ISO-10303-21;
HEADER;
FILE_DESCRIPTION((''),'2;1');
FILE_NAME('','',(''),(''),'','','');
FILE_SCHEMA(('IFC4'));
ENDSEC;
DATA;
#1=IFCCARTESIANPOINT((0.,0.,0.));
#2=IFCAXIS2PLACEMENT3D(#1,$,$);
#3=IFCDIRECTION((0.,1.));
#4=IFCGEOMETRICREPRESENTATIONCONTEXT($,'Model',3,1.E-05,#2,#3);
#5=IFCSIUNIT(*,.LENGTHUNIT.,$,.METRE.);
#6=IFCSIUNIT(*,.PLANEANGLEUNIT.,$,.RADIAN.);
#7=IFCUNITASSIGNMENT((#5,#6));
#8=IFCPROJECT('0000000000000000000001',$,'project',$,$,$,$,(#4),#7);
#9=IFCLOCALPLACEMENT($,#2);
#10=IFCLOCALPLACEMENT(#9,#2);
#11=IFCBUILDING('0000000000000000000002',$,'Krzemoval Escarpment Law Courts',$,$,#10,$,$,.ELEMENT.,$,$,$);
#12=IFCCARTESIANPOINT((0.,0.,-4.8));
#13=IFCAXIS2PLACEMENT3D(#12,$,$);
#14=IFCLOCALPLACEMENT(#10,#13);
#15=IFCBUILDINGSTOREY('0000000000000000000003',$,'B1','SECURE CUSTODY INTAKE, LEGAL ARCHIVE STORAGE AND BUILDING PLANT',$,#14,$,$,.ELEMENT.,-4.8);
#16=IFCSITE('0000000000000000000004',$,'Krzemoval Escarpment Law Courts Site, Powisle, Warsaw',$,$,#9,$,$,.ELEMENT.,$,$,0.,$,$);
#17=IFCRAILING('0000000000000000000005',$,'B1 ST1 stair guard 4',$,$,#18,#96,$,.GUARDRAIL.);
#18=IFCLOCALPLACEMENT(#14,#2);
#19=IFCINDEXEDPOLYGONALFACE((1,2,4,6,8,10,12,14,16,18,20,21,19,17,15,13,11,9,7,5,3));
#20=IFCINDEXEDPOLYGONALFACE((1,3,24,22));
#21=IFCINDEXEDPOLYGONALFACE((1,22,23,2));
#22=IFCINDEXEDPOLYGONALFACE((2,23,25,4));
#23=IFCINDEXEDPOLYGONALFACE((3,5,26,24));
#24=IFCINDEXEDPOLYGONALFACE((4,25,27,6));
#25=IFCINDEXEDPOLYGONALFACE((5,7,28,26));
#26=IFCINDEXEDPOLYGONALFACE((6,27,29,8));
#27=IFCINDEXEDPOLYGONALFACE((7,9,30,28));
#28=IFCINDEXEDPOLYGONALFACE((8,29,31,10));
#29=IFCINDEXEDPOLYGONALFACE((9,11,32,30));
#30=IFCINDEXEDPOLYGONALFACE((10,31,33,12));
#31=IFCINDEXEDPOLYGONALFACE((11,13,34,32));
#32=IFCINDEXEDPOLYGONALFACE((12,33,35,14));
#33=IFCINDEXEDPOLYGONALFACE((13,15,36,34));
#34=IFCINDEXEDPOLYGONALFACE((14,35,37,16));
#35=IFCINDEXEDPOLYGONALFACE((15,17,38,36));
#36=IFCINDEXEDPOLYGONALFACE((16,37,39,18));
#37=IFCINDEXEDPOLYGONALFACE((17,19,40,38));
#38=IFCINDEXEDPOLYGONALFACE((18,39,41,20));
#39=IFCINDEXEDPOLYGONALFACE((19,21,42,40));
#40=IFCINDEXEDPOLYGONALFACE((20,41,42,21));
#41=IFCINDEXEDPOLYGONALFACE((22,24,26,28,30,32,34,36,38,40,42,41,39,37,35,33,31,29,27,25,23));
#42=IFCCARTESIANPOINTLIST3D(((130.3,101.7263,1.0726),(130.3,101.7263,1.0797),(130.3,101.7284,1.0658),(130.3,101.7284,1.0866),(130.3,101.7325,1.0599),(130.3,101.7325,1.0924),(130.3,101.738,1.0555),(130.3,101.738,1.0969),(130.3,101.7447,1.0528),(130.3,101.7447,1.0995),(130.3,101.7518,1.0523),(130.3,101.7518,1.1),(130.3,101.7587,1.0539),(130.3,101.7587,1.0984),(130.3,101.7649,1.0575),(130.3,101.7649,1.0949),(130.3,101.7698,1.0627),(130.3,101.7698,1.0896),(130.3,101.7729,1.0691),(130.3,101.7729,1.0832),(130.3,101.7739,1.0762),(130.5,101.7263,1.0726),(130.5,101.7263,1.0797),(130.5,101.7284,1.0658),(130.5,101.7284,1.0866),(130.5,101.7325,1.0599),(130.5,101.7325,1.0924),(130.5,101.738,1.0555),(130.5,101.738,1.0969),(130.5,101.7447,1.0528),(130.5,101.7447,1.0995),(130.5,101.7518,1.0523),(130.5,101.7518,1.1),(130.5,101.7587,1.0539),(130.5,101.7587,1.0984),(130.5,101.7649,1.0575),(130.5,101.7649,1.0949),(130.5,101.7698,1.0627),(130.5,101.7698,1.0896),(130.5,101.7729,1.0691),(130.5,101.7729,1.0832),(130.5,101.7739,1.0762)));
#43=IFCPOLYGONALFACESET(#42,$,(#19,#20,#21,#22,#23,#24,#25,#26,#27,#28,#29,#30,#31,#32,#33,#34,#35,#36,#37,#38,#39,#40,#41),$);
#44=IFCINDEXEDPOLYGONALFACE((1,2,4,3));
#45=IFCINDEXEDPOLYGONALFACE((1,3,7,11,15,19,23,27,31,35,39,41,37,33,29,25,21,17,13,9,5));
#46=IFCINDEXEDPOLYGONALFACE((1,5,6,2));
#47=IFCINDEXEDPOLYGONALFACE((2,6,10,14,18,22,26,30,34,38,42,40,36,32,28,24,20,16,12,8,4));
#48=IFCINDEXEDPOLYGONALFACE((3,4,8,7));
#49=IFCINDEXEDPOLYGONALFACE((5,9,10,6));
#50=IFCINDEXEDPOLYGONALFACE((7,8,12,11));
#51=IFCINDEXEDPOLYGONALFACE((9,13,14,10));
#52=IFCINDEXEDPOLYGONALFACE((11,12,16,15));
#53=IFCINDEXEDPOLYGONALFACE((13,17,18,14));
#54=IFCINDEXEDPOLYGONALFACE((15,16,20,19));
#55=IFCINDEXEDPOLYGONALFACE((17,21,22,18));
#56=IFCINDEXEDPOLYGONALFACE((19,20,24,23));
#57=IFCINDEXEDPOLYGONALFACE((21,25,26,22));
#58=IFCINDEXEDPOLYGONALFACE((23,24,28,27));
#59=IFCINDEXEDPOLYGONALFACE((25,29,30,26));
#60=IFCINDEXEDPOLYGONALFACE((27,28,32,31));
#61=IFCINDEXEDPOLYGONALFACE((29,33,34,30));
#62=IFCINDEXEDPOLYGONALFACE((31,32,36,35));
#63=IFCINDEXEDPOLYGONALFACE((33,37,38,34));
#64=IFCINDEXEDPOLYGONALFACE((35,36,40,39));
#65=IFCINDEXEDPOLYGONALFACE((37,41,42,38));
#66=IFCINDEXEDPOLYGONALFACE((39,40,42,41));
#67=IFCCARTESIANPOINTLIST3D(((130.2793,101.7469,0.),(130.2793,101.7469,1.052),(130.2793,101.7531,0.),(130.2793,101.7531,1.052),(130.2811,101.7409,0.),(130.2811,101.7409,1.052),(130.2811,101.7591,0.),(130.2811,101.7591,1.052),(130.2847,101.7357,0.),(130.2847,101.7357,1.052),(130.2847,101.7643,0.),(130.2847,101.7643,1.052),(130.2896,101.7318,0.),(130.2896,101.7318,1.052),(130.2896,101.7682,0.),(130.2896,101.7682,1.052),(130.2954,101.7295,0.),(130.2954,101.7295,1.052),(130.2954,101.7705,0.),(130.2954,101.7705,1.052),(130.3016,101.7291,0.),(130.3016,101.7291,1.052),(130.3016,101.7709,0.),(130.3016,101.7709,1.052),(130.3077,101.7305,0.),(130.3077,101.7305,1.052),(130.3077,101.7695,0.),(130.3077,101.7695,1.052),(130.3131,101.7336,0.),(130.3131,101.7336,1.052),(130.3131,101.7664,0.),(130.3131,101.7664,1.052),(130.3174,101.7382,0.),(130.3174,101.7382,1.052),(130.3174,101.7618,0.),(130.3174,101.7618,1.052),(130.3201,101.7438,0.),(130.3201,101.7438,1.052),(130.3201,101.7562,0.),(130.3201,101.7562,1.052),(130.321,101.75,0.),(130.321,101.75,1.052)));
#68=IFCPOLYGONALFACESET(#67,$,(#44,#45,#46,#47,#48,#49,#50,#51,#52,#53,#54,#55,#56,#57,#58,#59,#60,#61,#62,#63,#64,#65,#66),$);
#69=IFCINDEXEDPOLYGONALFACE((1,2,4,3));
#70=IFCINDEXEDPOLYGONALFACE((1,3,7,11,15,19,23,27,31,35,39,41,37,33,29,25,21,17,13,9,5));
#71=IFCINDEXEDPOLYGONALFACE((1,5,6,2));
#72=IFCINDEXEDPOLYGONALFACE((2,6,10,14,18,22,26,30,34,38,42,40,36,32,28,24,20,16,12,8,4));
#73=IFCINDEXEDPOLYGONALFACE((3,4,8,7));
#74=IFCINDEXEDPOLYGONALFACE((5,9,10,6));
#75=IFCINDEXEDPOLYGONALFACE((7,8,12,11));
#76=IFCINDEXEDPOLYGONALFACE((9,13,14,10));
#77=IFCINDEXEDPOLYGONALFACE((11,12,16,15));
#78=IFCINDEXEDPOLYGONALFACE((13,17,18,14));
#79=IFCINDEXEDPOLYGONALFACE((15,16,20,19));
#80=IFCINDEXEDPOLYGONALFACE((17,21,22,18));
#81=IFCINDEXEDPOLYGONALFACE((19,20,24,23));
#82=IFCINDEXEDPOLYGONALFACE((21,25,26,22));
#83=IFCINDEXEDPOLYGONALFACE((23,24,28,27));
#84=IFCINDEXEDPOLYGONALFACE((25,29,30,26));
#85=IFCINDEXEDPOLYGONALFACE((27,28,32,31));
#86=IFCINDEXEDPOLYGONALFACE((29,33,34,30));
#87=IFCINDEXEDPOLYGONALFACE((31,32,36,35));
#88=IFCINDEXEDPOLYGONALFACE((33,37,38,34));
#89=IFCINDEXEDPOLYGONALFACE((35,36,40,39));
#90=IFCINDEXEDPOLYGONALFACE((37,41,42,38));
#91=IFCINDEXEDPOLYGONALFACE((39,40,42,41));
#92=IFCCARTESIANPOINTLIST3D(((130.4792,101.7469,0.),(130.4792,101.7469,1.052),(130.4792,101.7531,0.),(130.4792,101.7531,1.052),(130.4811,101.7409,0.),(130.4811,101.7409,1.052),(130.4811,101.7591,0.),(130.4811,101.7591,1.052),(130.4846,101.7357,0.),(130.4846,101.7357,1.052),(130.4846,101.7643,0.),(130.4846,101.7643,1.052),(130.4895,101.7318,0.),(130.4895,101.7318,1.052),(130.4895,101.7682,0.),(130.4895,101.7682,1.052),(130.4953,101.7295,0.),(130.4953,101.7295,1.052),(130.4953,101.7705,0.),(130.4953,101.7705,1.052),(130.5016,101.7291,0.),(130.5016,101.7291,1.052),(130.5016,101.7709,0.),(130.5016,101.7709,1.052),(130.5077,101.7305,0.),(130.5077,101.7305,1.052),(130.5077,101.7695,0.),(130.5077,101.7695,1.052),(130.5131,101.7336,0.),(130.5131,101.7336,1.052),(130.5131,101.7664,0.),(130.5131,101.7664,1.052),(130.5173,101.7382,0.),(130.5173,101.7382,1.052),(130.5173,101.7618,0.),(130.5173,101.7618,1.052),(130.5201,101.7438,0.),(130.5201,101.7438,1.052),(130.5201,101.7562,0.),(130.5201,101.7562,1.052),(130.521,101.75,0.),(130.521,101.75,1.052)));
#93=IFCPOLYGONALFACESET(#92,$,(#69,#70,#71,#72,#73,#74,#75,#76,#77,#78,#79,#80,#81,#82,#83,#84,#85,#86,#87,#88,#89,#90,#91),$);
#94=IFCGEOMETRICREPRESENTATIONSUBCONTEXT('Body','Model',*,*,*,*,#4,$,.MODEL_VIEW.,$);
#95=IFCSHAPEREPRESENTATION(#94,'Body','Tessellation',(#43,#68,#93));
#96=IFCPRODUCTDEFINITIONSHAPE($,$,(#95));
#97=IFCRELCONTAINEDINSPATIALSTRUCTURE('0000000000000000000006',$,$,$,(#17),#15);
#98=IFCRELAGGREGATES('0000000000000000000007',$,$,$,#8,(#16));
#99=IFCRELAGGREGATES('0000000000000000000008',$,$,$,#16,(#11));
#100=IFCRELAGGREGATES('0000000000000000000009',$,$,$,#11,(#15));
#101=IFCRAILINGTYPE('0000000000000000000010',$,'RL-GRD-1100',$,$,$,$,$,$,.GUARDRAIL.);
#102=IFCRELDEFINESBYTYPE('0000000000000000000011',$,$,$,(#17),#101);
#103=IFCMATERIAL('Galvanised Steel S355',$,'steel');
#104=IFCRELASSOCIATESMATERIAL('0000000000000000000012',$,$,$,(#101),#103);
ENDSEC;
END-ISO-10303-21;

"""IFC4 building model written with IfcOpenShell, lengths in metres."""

from ifc_helpers import new_model, si_unit, direction, frame, origin, origin_2d, place, context, subcontext, project, spatial, circle, extrude, material, type_object, element, save


model = new_model("IFC4")

# Units and contexts
model_context = context("Model", 3, precision=1e-05, world=origin(), true_north=direction((0.0, 1.0)))
body_context = subcontext(model_context, "Body", "Model", "MODEL_VIEW")
ifc_project = project(units=[si_unit("LENGTHUNIT", "METRE"), si_unit("PLANEANGLEUNIT", "RADIAN")], contexts=[model_context])

# Site, building, storey
site_placement = place(None, origin())
site = spatial("IfcSite", under=ifc_project, at=site_placement, Name="Krzemoval Escarpment Law Courts Site, Powisle, Warsaw", CompositionType="ELEMENT", RefElevation=0.0)
building_placement = place(site_placement, origin())
building = spatial("IfcBuilding", under=site, at=building_placement, Name="Krzemoval Escarpment Law Courts", CompositionType="ELEMENT")
storey_placement = place(building_placement, frame((0.0, 0.0, -4.8)))
storey = spatial("IfcBuildingStorey", under=building, at=storey_placement, Name="B1", Description="SECURE CUSTODY INTAKE, LEGAL ARCHIVE STORAGE AND BUILDING PLANT", CompositionType="ELEMENT", Elevation=-4.8)

# Railing
ifc_material_1 = material(Name="Galvanised Steel S355", Category="steel")
railing_type_1 = type_object("IfcRailingType", Name="RL-GRD-1100", PredefinedType="GUARDRAIL", material=ifc_material_1)
railing_1_placement = place(storey_placement, frame((130.3, 101.75, 0.0)))
element("IfcRailing", 1, at=railing_1_placement, inside=storey, type_object=railing_type_1, Name="B1 ST1 stair guard 4", PredefinedType="GUARDRAIL", context=body_context, shape_type="SweptSolid", body=[
    extrude(circle(Radius=0.0239, at=origin_2d()), frame((0.0, 0.0, 1.0762), z_axis=(1.0, 0.0, 0.0), x_axis=(0.0, 1.0, 0.0)), (0.0, 0.0, 1.0), 0.2),
    extrude(circle(Radius=0.021, at=origin_2d()), origin(), (0.0, 0.0, 1.0), 1.052),
    extrude(circle(Radius=0.021, at=origin_2d()), frame((0.2, 0.0, 0.0)), (0.0, 0.0, 1.0), 1.052),
])

save(model, "model.ifc")
